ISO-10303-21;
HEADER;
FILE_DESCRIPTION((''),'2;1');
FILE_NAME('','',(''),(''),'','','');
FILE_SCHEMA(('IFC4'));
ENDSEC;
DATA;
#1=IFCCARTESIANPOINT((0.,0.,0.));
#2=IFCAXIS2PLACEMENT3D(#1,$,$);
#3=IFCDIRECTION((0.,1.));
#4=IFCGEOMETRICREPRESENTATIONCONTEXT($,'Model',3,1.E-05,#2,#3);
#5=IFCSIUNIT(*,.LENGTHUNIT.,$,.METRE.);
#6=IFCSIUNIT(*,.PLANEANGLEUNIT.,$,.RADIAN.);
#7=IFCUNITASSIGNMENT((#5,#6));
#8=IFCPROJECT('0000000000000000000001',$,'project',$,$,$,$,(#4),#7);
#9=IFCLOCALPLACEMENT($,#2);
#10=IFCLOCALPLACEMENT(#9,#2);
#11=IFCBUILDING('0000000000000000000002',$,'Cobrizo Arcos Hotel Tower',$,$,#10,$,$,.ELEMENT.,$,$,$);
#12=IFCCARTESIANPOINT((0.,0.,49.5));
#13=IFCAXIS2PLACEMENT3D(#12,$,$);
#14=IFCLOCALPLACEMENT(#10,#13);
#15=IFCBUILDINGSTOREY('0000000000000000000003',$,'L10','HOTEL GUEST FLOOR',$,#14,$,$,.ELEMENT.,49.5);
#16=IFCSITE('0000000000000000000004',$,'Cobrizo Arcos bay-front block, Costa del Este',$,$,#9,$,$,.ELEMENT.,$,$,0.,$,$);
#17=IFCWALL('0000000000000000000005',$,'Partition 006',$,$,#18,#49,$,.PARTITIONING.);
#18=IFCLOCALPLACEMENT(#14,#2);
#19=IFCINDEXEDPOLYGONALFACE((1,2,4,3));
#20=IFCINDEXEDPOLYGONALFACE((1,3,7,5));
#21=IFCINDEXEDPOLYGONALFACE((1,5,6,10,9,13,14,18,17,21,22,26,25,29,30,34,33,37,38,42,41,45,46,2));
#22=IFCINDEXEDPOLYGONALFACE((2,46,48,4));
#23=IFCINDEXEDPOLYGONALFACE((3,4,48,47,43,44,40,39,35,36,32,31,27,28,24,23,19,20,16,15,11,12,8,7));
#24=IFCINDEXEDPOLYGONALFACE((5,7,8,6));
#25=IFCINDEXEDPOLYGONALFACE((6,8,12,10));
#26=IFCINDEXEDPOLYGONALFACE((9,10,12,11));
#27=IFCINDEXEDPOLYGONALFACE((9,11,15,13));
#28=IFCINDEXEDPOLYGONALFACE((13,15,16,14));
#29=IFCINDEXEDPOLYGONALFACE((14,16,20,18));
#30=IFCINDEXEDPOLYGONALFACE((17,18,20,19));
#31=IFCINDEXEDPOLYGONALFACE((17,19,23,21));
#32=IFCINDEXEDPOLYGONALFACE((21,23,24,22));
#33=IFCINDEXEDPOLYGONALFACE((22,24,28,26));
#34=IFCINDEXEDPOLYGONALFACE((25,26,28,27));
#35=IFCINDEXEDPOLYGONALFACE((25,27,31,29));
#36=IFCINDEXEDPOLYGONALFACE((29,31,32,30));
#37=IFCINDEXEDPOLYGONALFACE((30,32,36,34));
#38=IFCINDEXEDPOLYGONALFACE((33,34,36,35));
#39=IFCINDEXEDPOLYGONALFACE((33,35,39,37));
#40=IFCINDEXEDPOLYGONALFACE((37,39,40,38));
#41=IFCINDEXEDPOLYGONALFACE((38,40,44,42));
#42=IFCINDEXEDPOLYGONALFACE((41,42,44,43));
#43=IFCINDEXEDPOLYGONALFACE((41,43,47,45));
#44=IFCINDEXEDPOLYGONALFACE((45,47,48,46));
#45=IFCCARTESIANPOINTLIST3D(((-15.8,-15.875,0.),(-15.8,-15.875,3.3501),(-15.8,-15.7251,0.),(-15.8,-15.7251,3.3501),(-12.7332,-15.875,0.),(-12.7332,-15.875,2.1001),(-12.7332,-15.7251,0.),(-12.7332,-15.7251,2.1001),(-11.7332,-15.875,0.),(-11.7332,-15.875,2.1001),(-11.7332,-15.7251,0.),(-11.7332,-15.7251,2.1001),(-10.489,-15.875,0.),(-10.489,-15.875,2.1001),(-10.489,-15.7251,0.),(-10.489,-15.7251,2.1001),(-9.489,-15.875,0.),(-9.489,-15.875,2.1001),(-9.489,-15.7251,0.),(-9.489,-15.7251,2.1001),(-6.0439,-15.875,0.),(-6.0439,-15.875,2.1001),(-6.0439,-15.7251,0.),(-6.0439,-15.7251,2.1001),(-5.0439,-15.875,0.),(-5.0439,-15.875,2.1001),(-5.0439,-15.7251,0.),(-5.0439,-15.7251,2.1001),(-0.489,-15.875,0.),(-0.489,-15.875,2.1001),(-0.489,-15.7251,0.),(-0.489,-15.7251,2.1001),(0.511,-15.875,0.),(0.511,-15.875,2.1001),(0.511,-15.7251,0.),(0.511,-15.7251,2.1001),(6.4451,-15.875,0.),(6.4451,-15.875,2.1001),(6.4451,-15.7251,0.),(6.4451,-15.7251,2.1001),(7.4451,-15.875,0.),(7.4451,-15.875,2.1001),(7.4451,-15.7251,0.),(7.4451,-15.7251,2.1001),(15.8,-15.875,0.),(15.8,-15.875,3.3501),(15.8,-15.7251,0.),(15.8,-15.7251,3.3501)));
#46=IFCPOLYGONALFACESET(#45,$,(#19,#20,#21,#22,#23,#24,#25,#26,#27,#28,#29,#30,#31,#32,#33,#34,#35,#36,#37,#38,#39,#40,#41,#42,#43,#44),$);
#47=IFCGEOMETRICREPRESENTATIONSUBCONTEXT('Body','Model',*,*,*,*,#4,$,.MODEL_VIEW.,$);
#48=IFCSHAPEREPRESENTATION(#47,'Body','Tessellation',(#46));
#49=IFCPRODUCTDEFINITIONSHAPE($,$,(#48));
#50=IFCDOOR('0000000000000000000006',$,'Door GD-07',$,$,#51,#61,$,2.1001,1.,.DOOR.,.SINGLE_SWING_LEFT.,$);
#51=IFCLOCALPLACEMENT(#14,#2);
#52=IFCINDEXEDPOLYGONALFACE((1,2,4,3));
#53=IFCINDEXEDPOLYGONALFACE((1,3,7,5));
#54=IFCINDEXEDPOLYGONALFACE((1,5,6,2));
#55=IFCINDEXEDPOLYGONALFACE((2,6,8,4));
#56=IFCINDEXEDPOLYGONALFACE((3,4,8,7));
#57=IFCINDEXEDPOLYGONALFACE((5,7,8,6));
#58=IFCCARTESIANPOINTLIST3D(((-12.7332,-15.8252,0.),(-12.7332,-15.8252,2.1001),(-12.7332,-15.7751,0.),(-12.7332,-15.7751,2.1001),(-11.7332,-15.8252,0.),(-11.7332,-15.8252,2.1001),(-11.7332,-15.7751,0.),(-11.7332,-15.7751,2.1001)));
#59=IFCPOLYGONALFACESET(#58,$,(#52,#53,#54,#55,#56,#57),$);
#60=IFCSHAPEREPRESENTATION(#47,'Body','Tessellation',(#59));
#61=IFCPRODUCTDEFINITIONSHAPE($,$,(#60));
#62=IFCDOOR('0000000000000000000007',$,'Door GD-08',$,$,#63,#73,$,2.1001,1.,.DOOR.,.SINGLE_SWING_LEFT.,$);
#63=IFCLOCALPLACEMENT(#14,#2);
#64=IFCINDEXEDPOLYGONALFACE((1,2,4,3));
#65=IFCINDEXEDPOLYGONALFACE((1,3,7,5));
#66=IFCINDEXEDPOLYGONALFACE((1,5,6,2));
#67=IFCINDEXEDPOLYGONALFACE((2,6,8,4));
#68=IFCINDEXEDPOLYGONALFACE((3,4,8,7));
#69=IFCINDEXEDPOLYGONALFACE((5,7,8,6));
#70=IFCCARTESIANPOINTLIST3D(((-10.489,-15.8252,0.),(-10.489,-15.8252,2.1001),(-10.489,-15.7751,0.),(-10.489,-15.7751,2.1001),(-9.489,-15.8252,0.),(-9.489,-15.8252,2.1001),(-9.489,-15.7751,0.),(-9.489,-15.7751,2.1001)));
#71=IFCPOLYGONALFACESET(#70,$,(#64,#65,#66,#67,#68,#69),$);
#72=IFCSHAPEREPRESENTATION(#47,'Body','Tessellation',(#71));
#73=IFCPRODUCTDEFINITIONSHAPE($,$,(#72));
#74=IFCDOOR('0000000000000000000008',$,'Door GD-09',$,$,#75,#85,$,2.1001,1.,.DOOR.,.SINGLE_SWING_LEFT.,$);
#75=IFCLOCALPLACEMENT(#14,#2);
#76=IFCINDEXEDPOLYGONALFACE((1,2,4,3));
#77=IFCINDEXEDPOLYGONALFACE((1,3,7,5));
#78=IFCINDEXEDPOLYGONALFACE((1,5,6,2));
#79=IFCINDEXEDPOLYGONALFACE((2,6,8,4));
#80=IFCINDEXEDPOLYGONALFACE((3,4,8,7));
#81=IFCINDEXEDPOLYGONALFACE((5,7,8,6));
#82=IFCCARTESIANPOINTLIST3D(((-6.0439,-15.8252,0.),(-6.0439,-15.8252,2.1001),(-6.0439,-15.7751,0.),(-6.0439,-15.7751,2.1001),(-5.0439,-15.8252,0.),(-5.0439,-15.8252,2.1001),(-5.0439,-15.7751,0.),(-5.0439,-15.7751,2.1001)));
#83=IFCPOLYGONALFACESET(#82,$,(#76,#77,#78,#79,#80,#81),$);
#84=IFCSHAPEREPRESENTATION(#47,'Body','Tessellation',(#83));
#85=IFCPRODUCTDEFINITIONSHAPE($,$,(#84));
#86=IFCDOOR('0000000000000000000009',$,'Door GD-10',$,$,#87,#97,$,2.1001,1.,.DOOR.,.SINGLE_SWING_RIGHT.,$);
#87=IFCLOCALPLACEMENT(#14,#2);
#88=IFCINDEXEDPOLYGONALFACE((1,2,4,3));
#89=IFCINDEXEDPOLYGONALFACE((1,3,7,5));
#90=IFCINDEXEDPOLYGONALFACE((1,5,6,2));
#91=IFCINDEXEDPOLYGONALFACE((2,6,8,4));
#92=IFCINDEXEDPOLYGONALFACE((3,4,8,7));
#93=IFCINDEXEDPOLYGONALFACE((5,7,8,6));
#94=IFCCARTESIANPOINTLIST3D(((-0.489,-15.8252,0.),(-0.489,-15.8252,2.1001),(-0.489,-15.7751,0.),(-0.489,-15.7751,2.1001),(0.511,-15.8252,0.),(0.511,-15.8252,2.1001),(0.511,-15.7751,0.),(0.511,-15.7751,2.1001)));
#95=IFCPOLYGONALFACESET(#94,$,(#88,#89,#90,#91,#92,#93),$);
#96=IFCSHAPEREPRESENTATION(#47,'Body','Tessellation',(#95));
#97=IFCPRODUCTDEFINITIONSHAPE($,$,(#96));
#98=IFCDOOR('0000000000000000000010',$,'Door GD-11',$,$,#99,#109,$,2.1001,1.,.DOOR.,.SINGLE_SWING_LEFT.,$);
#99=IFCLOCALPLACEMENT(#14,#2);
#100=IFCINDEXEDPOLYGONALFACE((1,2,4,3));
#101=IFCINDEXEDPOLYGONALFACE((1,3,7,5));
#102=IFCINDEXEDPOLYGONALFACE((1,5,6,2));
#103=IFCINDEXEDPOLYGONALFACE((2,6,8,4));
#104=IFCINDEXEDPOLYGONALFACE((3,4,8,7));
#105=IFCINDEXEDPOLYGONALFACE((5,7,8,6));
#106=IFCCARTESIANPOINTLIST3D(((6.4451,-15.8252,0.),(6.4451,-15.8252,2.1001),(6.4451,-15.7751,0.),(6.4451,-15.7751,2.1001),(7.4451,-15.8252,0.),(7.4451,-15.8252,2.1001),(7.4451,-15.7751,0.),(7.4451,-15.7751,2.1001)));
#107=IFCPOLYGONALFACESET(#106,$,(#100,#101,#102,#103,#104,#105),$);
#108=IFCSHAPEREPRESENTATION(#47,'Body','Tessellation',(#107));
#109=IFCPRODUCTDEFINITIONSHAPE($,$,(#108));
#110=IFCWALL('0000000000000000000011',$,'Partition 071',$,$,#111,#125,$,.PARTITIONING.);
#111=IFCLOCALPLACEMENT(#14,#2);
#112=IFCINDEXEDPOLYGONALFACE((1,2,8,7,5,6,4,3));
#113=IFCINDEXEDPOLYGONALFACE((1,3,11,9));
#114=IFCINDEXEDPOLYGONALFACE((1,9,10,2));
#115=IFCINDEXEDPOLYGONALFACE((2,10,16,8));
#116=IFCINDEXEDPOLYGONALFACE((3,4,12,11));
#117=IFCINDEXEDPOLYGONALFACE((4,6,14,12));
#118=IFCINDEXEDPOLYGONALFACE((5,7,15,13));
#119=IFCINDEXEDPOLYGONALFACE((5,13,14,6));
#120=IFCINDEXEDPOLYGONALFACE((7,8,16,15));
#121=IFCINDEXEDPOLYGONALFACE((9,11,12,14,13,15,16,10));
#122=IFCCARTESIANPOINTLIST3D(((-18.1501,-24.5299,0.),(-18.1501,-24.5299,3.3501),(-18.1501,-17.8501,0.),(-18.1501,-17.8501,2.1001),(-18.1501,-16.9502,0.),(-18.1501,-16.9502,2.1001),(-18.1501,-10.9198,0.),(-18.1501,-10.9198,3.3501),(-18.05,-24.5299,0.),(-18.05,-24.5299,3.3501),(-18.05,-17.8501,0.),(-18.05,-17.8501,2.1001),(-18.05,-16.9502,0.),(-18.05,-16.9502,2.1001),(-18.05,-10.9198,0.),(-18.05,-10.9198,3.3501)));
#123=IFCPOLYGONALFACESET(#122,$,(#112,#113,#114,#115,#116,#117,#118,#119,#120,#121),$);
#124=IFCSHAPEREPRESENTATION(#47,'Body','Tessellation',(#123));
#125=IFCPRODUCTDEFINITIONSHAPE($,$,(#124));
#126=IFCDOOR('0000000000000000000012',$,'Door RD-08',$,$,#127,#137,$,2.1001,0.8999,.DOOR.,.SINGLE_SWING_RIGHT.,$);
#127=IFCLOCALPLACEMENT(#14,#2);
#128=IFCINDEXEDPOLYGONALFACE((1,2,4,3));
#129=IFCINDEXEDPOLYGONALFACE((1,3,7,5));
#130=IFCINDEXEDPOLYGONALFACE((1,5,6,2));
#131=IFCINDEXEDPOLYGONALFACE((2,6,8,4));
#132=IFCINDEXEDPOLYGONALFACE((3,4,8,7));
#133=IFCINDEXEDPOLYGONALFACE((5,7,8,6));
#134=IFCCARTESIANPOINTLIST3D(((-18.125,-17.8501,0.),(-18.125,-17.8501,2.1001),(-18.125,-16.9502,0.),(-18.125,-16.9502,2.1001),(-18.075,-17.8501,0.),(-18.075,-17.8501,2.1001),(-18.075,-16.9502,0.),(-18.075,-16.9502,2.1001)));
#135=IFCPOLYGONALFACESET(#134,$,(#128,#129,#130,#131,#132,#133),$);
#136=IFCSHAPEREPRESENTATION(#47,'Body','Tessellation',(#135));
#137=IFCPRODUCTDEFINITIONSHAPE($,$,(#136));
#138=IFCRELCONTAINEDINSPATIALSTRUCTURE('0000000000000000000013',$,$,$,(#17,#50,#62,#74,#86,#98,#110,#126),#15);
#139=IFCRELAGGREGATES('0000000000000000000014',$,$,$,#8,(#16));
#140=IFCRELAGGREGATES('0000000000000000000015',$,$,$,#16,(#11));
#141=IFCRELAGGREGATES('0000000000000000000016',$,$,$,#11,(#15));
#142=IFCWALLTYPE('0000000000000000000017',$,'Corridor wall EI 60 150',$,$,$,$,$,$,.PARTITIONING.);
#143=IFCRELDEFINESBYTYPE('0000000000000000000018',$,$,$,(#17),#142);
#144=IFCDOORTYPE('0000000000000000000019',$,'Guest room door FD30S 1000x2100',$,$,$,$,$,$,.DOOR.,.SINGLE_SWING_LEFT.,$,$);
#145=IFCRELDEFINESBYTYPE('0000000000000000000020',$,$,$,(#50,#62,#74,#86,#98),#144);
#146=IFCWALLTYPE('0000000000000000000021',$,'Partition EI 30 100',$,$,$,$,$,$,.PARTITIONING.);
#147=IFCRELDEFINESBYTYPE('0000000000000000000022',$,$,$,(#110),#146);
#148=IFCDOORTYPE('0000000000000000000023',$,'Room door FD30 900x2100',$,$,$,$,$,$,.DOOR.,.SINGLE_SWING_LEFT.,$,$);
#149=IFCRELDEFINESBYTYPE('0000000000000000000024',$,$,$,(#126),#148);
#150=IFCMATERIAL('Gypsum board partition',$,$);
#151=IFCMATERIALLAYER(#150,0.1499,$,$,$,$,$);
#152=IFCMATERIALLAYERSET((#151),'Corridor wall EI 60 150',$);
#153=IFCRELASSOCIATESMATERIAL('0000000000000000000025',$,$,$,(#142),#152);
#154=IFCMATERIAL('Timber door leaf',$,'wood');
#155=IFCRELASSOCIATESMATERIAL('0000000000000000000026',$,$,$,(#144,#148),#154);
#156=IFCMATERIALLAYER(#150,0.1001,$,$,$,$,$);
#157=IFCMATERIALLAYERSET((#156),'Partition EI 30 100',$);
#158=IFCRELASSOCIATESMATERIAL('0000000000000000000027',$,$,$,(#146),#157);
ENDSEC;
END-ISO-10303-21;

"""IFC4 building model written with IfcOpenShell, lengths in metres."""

from ifc_helpers import new_model, si_unit, direction, frame, frame_2d, origin, place, context, subcontext, project, spatial, rectangle, extrude, material, layer, layer_set, type_object, element, fill, save


model = new_model("IFC4")

# Units and contexts
model_context = context("Model", 3, precision=1e-05, world=origin(), true_north=direction((0.0, 1.0)))
body_context = subcontext(model_context, "Body", "Model", "MODEL_VIEW")
ifc_project = project(units=[si_unit("LENGTHUNIT", "METRE"), si_unit("PLANEANGLEUNIT", "RADIAN")], contexts=[model_context])

# Site, building, storey
site_placement = place(None, origin())
site = spatial("IfcSite", under=ifc_project, at=site_placement, Name="Cobrizo Arcos bay-front block, Costa del Este", CompositionType="ELEMENT", RefElevation=0.0)
building_placement = place(site_placement, origin())
building = spatial("IfcBuilding", under=site, at=building_placement, Name="Cobrizo Arcos Hotel Tower", CompositionType="ELEMENT")
storey_placement = place(building_placement, frame((0.0, 0.0, 49.5)))
storey = spatial("IfcBuildingStorey", under=building, at=storey_placement, Name="L10", Description="HOTEL GUEST FLOOR", CompositionType="ELEMENT", Elevation=49.5)

# Wall, openings, doors
ifc_material_1 = material(Name="Gypsum board partition")
ifc_layer_1 = layer(ifc_material_1, 0.1499)
ifc_layer_set_1 = layer_set([ifc_layer_1], Name="Corridor wall EI 60 150")
wall_type_1 = type_object("IfcWallType", Name="Corridor wall EI 60 150", PredefinedType="PARTITIONING", material=ifc_layer_set_1)
wall_1_placement = place(storey_placement, frame((-15.8, -15.8, 0.0), z_axis=(0.0, 0.0, 1.0), x_axis=(1.0, 0.0, 0.0)))
wall_1 = element("IfcWall", 1, at=wall_1_placement, inside=storey, type_object=wall_type_1, Name="Partition 006", PredefinedType="PARTITIONING", context=body_context, shape_type="SweptSolid", body=[
    extrude(rectangle(XDim=31.6001, YDim=0.1499, at=frame_2d((15.8, 0.0))), origin(), (0.0, 0.0, 1.0), 3.3501),
])
opening_1_placement = place(wall_1_placement, frame((3.0669, 0.0, 0.0)))
opening_1 = element("IfcOpeningElement", 2, at=opening_1_placement, cuts=wall_1, PredefinedType="OPENING", context=body_context, shape_type="SweptSolid", body=[
    extrude(rectangle(XDim=1.0, YDim=2.1001, at=frame_2d((0.5, 1.05))), frame((0.0, 0.0869, 0.0), z_axis=(0.0, -1.0, 0.0), x_axis=(1.0, 0.0, 0.0)), (0.0, 0.0, 1.0), 0.1738),
])
opening_2_placement = place(wall_1_placement, frame((5.311, 0.0, 0.0)))
opening_2 = element("IfcOpeningElement", 3, at=opening_2_placement, cuts=wall_1, PredefinedType="OPENING", context=body_context, shape_type="SweptSolid", body=[
    extrude(rectangle(XDim=1.0, YDim=2.1001, at=frame_2d((0.5, 1.05))), frame((0.0, 0.0869, 0.0), z_axis=(0.0, -1.0, 0.0), x_axis=(1.0, 0.0, 0.0)), (0.0, 0.0, 1.0), 0.1738),
])
opening_3_placement = place(wall_1_placement, frame((9.7561, 0.0, 0.0)))
opening_3 = element("IfcOpeningElement", 4, at=opening_3_placement, cuts=wall_1, PredefinedType="OPENING", context=body_context, shape_type="SweptSolid", body=[
    extrude(rectangle(XDim=1.0, YDim=2.1001, at=frame_2d((0.5, 1.05))), frame((0.0, 0.0869, 0.0), z_axis=(0.0, -1.0, 0.0), x_axis=(1.0, 0.0, 0.0)), (0.0, 0.0, 1.0), 0.1738),
])
opening_4_placement = place(wall_1_placement, frame((15.311, 0.0, 0.0)))
opening_4 = element("IfcOpeningElement", 5, at=opening_4_placement, cuts=wall_1, PredefinedType="OPENING", context=body_context, shape_type="SweptSolid", body=[
    extrude(rectangle(XDim=1.0, YDim=2.1001, at=frame_2d((0.5, 1.05))), frame((0.0, 0.0869, 0.0), z_axis=(0.0, -1.0, 0.0), x_axis=(1.0, 0.0, 0.0)), (0.0, 0.0, 1.0), 0.1738),
])
opening_5_placement = place(wall_1_placement, frame((22.2451, 0.0, 0.0)))
opening_5 = element("IfcOpeningElement", 6, at=opening_5_placement, cuts=wall_1, PredefinedType="OPENING", context=body_context, shape_type="SweptSolid", body=[
    extrude(rectangle(XDim=1.0, YDim=2.1001, at=frame_2d((0.5, 1.05))), frame((0.0, 0.0869, 0.0), z_axis=(0.0, -1.0, 0.0), x_axis=(1.0, 0.0, 0.0)), (0.0, 0.0, 1.0), 0.1738),
])
ifc_material_2 = material(Name="Timber door leaf", Category="wood")
door_type_1 = type_object("IfcDoorType", Name="Guest room door FD30S 1000x2100", OperationType="SINGLE_SWING_LEFT", PredefinedType="DOOR", material=ifc_material_2)
door_1_placement = place(opening_1_placement, origin())
door_1 = element("IfcDoor", 7, at=door_1_placement, inside=storey, type_object=door_type_1, Name="Door GD-07", OperationType="SINGLE_SWING_LEFT", OverallHeight=2.1001, OverallWidth=1.0, PredefinedType="DOOR", context=body_context, shape_type="SweptSolid", body=[
    extrude(rectangle(XDim=1.0, YDim=2.1001, at=frame_2d((0.5, 1.05))), frame((0.0, 0.0249, 0.0), z_axis=(0.0, -1.0, 0.0), x_axis=(1.0, 0.0, 0.0)), (0.0, 0.0, 1.0), 0.05),
])
fill(opening_1, door_1)
door_2_placement = place(opening_2_placement, origin())
door_2 = element("IfcDoor", 8, at=door_2_placement, inside=storey, type_object=door_type_1, Name="Door GD-08", OperationType="SINGLE_SWING_LEFT", OverallHeight=2.1001, OverallWidth=1.0, PredefinedType="DOOR", context=body_context, shape_type="SweptSolid", body=[
    extrude(rectangle(XDim=1.0, YDim=2.1001, at=frame_2d((0.5, 1.05))), frame((0.0, 0.0249, 0.0), z_axis=(0.0, -1.0, 0.0), x_axis=(1.0, 0.0, 0.0)), (0.0, 0.0, 1.0), 0.05),
])
fill(opening_2, door_2)
door_3_placement = place(opening_3_placement, origin())
door_3 = element("IfcDoor", 9, at=door_3_placement, inside=storey, type_object=door_type_1, Name="Door GD-09", OperationType="SINGLE_SWING_LEFT", OverallHeight=2.1001, OverallWidth=1.0, PredefinedType="DOOR", context=body_context, shape_type="SweptSolid", body=[
    extrude(rectangle(XDim=1.0, YDim=2.1001, at=frame_2d((0.5, 1.05))), frame((0.0, 0.0249, 0.0), z_axis=(0.0, -1.0, 0.0), x_axis=(1.0, 0.0, 0.0)), (0.0, 0.0, 1.0), 0.05),
])
fill(opening_3, door_3)
door_4_placement = place(opening_4_placement, origin())
door_4 = element("IfcDoor", 10, at=door_4_placement, inside=storey, type_object=door_type_1, Name="Door GD-10", OperationType="SINGLE_SWING_RIGHT", OverallHeight=2.1001, OverallWidth=1.0, PredefinedType="DOOR", context=body_context, shape_type="SweptSolid", body=[
    extrude(rectangle(XDim=1.0, YDim=2.1001, at=frame_2d((0.5, 1.05))), frame((0.0, 0.0249, 0.0), z_axis=(0.0, -1.0, 0.0), x_axis=(1.0, 0.0, 0.0)), (0.0, 0.0, 1.0), 0.05),
])
fill(opening_4, door_4)
door_5_placement = place(opening_5_placement, origin())
door_5 = element("IfcDoor", 11, at=door_5_placement, inside=storey, type_object=door_type_1, Name="Door GD-11", OperationType="SINGLE_SWING_LEFT", OverallHeight=2.1001, OverallWidth=1.0, PredefinedType="DOOR", context=body_context, shape_type="SweptSolid", body=[
    extrude(rectangle(XDim=1.0, YDim=2.1001, at=frame_2d((0.5, 1.05))), frame((0.0, 0.0249, 0.0), z_axis=(0.0, -1.0, 0.0), x_axis=(1.0, 0.0, 0.0)), (0.0, 0.0, 1.0), 0.05),
])
fill(opening_5, door_5)

# Wall, opening, door
ifc_layer_2 = layer(ifc_material_1, 0.1001)
ifc_layer_set_2 = layer_set([ifc_layer_2], Name="Partition EI 30 100")
wall_type_2 = type_object("IfcWallType", Name="Partition EI 30 100", PredefinedType="PARTITIONING", material=ifc_layer_set_2)
wall_2_placement = place(storey_placement, frame((-18.1001, -24.53, 0.0), z_axis=(0.0, 0.0, 1.0), x_axis=(0.0, 1.0, 0.0)))
wall_2 = element("IfcWall", 12, at=wall_2_placement, inside=storey, type_object=wall_type_2, Name="Partition 071", PredefinedType="PARTITIONING", context=body_context, shape_type="SweptSolid", body=[
    extrude(rectangle(XDim=13.6101, YDim=0.1001, at=frame_2d((6.8052, 0.0))), origin(), (0.0, 0.0, 1.0), 3.3501),
])
opening_6_placement = place(wall_2_placement, frame((6.6799, 0.0, 0.0)))
opening_6 = element("IfcOpeningElement", 13, at=opening_6_placement, cuts=wall_2, PredefinedType="OPENING", context=body_context, shape_type="SweptSolid", body=[
    extrude(rectangle(XDim=0.8999, YDim=2.1001, at=frame_2d((0.45, 1.05))), frame((0.0, 0.062, 0.0), z_axis=(0.0, -1.0, 0.0), x_axis=(1.0, 0.0, 0.0)), (0.0, 0.0, 1.0), 0.124),
])
door_type_2 = type_object("IfcDoorType", Name="Room door FD30 900x2100", OperationType="SINGLE_SWING_LEFT", PredefinedType="DOOR", material=ifc_material_2)
door_6_placement = place(opening_6_placement, origin())
door_6 = element("IfcDoor", 14, at=door_6_placement, inside=storey, type_object=door_type_2, Name="Door RD-08", OperationType="SINGLE_SWING_RIGHT", OverallHeight=2.1001, OverallWidth=0.8999, PredefinedType="DOOR", context=body_context, shape_type="SweptSolid", body=[
    extrude(rectangle(XDim=0.8999, YDim=2.1001, at=frame_2d((0.45, 1.05))), frame((0.0, 0.0249, 0.0), z_axis=(0.0, -1.0, 0.0), x_axis=(1.0, 0.0, 0.0)), (0.0, 0.0, 1.0), 0.05),
])
fill(opening_6, door_6)

save(model, "model.ifc")
